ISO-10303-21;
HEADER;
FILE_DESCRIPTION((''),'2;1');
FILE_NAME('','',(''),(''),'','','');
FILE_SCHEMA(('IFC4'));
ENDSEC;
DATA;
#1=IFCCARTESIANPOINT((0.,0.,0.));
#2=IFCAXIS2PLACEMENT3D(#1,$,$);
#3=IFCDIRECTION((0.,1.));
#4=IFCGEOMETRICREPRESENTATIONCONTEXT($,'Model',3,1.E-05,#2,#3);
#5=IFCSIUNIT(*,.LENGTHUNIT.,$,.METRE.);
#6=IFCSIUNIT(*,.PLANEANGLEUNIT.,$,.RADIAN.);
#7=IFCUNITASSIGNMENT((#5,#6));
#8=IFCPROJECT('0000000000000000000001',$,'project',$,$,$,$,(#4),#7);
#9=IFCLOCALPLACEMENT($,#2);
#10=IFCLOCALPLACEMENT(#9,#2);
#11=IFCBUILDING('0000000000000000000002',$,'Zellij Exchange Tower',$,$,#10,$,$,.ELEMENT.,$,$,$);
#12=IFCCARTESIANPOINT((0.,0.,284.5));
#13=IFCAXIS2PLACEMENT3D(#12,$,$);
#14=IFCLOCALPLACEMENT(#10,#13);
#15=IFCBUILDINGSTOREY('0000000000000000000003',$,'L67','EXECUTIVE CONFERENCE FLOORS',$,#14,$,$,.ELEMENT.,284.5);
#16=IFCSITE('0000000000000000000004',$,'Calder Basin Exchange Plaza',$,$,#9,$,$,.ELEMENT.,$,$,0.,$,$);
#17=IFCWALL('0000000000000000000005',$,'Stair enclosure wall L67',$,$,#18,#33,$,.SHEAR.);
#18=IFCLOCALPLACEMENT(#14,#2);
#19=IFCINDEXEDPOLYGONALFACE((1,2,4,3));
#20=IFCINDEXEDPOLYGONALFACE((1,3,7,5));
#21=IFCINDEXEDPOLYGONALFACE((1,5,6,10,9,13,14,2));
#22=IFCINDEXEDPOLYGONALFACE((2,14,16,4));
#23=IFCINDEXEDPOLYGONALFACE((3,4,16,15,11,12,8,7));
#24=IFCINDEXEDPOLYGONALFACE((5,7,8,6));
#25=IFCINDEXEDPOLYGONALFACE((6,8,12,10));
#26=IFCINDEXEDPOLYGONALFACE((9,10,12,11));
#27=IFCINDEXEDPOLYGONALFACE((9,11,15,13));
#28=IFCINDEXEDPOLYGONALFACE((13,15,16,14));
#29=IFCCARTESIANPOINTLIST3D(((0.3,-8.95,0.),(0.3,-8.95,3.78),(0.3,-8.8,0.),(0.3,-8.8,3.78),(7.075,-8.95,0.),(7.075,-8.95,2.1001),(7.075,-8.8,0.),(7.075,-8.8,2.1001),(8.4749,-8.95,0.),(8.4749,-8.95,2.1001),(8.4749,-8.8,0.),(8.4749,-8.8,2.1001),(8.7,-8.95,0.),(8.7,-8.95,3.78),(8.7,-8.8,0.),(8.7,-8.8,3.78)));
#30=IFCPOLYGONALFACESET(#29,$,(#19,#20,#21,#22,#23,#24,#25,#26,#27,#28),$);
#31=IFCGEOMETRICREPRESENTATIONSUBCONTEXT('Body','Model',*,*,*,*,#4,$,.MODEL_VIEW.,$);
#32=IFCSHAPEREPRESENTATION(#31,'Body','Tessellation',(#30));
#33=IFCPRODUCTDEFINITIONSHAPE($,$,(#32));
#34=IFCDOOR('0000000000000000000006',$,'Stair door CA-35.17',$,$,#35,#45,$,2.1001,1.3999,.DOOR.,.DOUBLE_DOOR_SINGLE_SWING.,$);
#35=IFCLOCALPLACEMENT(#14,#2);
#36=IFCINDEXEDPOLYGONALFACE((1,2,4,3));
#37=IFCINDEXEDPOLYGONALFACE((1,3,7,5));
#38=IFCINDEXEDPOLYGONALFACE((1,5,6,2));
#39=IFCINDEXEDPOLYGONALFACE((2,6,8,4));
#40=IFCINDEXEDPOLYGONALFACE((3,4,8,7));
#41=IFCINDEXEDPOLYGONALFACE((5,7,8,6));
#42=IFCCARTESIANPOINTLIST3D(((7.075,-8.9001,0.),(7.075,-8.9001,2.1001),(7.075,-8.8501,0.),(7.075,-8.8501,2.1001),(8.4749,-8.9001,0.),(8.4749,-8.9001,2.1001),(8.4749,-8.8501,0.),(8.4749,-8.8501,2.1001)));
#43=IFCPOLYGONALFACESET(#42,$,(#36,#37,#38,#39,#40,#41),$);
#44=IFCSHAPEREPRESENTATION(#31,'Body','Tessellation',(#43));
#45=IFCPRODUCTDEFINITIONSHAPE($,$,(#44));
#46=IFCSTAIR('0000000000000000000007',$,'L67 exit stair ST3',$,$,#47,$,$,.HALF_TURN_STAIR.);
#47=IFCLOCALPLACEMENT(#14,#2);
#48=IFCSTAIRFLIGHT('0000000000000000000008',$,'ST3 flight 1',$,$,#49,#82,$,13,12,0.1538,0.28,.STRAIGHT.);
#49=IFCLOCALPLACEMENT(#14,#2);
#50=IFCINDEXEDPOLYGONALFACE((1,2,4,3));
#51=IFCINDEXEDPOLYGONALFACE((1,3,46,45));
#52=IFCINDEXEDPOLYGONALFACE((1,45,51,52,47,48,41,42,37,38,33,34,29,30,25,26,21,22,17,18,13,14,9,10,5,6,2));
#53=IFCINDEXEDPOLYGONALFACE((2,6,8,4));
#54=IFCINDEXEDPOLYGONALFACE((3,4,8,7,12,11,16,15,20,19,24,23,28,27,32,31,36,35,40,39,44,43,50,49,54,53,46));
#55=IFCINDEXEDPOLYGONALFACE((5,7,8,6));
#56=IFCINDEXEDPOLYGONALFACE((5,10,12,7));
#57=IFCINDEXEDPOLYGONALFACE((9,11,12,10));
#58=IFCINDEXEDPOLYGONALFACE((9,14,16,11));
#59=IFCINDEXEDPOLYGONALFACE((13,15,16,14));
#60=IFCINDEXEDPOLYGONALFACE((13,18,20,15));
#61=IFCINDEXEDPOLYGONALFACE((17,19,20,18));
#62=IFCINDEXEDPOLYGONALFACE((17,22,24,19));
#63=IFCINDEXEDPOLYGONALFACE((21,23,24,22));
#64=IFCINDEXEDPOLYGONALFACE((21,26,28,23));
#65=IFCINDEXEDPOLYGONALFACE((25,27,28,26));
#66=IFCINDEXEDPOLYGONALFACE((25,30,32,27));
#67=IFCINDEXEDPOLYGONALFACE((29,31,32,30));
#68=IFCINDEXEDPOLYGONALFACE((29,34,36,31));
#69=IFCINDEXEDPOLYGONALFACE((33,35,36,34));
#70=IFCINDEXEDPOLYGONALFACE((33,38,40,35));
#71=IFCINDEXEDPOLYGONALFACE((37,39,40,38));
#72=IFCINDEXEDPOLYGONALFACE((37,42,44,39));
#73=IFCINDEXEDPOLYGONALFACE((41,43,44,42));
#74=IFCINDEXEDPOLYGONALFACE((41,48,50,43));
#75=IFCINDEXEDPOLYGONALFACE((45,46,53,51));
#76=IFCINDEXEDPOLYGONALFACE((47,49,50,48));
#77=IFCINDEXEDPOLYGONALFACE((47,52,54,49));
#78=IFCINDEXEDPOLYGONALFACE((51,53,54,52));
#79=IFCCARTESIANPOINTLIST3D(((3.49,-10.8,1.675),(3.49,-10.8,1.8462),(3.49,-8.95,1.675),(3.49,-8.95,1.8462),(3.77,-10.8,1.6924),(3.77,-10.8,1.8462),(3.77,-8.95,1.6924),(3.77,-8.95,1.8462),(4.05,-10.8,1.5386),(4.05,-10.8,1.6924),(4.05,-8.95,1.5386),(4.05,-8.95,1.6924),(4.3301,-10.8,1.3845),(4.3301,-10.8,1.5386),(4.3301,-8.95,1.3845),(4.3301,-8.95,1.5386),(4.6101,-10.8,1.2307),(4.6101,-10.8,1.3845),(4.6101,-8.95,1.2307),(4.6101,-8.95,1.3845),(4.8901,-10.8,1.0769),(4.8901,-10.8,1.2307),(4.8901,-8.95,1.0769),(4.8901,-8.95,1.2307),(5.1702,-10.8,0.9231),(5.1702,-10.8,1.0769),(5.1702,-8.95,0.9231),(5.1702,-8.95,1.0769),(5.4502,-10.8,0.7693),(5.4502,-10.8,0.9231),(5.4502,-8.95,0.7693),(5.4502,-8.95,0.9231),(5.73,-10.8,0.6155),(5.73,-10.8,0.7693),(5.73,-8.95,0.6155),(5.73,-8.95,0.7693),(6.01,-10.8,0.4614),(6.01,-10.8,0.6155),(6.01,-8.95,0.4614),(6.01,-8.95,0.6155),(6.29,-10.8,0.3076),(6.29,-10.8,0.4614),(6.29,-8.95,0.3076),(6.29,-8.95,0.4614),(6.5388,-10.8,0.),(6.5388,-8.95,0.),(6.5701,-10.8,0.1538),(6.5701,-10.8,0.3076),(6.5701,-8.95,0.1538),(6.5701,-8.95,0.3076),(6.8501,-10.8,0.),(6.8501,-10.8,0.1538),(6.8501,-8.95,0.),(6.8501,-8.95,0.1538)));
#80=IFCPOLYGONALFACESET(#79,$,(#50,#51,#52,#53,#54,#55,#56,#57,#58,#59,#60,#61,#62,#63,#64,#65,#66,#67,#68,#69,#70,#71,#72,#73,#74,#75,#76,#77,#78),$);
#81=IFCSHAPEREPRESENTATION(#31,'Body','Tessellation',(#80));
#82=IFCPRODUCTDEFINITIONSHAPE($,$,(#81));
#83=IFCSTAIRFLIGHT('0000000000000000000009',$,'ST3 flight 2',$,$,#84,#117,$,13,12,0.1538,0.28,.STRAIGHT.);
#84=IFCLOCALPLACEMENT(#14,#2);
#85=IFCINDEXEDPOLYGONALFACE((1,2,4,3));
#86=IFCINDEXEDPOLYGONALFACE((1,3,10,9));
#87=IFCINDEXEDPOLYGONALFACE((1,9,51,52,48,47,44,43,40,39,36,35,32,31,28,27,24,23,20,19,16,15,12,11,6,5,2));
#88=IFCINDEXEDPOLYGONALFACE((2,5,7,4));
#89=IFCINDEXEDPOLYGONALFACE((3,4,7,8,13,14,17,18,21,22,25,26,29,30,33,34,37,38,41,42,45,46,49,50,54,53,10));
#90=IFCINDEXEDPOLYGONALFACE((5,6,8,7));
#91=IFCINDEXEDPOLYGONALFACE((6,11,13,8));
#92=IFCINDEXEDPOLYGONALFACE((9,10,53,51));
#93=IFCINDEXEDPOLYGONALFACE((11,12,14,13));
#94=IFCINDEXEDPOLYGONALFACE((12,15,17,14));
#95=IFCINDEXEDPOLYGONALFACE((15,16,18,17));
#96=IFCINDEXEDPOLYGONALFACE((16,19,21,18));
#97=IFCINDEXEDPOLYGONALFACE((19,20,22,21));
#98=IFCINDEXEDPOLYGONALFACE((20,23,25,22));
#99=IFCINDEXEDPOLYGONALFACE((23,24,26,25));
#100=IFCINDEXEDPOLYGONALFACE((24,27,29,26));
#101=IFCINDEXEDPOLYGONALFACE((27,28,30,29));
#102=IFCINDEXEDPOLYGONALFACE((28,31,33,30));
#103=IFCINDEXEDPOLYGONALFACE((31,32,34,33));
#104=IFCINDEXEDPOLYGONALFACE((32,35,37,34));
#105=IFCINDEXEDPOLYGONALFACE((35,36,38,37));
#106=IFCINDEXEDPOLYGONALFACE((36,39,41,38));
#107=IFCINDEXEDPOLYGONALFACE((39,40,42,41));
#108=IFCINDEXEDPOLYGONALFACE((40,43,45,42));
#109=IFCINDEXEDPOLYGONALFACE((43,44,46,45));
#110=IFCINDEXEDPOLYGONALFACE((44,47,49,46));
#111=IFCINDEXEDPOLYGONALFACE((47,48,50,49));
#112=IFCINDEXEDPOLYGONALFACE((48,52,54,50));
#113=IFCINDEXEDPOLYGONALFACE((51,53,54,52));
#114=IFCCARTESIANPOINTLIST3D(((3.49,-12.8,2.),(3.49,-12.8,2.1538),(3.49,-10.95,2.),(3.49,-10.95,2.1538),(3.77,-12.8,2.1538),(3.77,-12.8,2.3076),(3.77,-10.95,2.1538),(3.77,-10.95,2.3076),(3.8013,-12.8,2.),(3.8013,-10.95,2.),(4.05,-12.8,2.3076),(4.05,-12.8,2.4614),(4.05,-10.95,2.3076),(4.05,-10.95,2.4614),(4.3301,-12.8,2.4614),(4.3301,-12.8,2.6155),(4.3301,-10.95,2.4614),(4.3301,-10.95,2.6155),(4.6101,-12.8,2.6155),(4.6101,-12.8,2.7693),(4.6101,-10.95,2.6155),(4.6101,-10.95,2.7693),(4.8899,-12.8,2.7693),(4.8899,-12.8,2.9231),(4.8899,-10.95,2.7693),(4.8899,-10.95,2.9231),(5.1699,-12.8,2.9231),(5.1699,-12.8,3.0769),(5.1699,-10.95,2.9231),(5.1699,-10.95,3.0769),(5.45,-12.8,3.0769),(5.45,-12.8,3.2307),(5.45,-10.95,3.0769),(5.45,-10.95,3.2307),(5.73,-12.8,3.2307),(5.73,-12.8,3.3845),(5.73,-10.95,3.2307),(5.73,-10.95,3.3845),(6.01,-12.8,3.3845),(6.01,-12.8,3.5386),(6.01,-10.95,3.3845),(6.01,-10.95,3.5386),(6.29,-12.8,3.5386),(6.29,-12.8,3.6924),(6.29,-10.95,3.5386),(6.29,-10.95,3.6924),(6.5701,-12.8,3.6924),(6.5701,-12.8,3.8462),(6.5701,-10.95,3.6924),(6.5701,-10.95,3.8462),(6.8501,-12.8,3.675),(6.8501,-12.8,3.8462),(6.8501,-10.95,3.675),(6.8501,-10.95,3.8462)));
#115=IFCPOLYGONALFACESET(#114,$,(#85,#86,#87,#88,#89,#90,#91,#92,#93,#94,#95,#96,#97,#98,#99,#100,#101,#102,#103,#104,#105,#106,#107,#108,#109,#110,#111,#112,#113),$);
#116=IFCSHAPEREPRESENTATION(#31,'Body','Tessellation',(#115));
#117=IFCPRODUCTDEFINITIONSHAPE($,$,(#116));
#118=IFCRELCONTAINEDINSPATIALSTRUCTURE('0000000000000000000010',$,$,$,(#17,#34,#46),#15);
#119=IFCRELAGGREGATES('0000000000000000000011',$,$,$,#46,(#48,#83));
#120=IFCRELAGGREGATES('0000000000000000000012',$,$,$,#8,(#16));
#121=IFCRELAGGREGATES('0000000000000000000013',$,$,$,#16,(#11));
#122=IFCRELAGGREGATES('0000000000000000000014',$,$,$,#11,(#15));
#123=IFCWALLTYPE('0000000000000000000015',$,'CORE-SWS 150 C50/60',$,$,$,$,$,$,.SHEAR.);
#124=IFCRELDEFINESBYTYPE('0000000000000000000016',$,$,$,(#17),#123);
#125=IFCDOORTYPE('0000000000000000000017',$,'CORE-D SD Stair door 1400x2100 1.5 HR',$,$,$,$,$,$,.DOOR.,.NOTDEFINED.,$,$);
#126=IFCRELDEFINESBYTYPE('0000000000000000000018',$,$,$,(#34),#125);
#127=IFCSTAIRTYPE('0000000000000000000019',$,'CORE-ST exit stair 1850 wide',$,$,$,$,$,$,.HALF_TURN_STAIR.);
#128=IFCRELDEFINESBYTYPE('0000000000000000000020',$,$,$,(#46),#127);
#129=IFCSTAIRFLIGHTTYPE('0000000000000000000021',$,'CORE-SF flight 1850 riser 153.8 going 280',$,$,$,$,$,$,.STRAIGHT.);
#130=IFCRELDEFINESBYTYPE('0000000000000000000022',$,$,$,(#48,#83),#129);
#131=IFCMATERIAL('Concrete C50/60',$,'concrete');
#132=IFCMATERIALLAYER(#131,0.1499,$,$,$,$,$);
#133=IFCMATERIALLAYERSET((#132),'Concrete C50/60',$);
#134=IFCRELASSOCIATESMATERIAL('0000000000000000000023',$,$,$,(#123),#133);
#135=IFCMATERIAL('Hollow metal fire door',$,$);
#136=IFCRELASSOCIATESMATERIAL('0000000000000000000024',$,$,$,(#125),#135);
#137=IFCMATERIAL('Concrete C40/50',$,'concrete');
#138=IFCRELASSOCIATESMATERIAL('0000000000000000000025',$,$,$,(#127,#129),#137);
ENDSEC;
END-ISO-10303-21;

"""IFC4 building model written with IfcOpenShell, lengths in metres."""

from ifc_helpers import new_model, si_unit, direction, frame, frame_2d, origin, place, context, subcontext, project, spatial, polyline, rectangle, outline, extrude, material, layer, layer_set, type_object, element, fill, aggregate, save


model = new_model("IFC4")

# Units and contexts
model_context = context("Model", 3, precision=1e-05, world=origin(), true_north=direction((0.0, 1.0)))
body_context = subcontext(model_context, "Body", "Model", "MODEL_VIEW")
ifc_project = project(units=[si_unit("LENGTHUNIT", "METRE"), si_unit("PLANEANGLEUNIT", "RADIAN")], contexts=[model_context])

# Site, building, storey
site_placement = place(None, origin())
site = spatial("IfcSite", under=ifc_project, at=site_placement, Name="Calder Basin Exchange Plaza", CompositionType="ELEMENT", RefElevation=0.0)
building_placement = place(site_placement, origin())
building = spatial("IfcBuilding", under=site, at=building_placement, Name="Zellij Exchange Tower", CompositionType="ELEMENT")
storey_placement = place(building_placement, frame((0.0, 0.0, 284.5)))
storey = spatial("IfcBuildingStorey", under=building, at=storey_placement, Name="L67", Description="EXECUTIVE CONFERENCE FLOORS", CompositionType="ELEMENT", Elevation=284.5)

# Shared definitions
ifc_material_1 = material(Name="Concrete C50/60", Category="concrete")

# Shared definitions
ifc_material_2 = material(Name="Hollow metal fire door")

# Wall, opening, door
ifc_layer_1 = layer(ifc_material_1, 0.1499)
ifc_layer_set_1 = layer_set([ifc_layer_1], Name="Concrete C50/60")
wall_type_1 = type_object("IfcWallType", Name="CORE-SWS 150 C50/60", PredefinedType="SHEAR", material=ifc_layer_set_1)
wall_1_placement = place(storey_placement, frame((0.3, -8.875, 0.0), z_axis=(0.0, 0.0, 1.0), x_axis=(1.0, 0.0, 0.0)))
wall_1 = element("IfcWall", 1, at=wall_1_placement, inside=storey, type_object=wall_type_1, Name="Stair enclosure wall L67", PredefinedType="SHEAR", context=body_context, shape_type="SweptSolid", body=[
    extrude(rectangle(XDim=8.3999, YDim=0.1499, at=frame_2d((4.2, 0.0))), origin(), (0.0, 0.0, 1.0), 3.78),
])
opening_1_placement = place(wall_1_placement, frame((6.7749, 0.0, 0.0)))
opening_1 = element("IfcOpeningElement", 2, at=opening_1_placement, cuts=wall_1, PredefinedType="OPENING", context=body_context, shape_type="SweptSolid", body=[
    extrude(rectangle(XDim=1.3999, YDim=2.1001, at=frame_2d((0.7, 1.05))), frame((0.0, 0.0869, 0.0), z_axis=(0.0, -1.0, 0.0), x_axis=(1.0, 0.0, 0.0)), (0.0, 0.0, 1.0), 0.1738),
])
door_type_1 = type_object("IfcDoorType", Name="CORE-D SD Stair door 1400x2100 1.5 HR", OperationType="NOTDEFINED", PredefinedType="DOOR", material=ifc_material_2)
door_1_placement = place(opening_1_placement, origin())
door_1 = element("IfcDoor", 3, at=door_1_placement, inside=storey, type_object=door_type_1, Name="Stair door CA-35.17", OperationType="DOUBLE_DOOR_SINGLE_SWING", OverallHeight=2.1001, OverallWidth=1.3999, PredefinedType="DOOR", context=body_context, shape_type="SweptSolid", body=[
    extrude(rectangle(XDim=1.3999, YDim=2.1001, at=frame_2d((0.7, 1.05))), frame((0.0, 0.0249, 0.0), z_axis=(0.0, -1.0, 0.0), x_axis=(1.0, 0.0, 0.0)), (0.0, 0.0, 1.0), 0.05),
])
fill(opening_1, door_1)

# Stair, stair flights
ifc_material_3 = material(Name="Concrete C40/50", Category="concrete")
stair_type = type_object("IfcStairType", Name="CORE-ST exit stair 1850 wide", PredefinedType="HALF_TURN_STAIR", material=ifc_material_3)
stair_placement = place(storey_placement, origin())
stair = element("IfcStair", 4, at=stair_placement, inside=storey, type_object=stair_type, Name="L67 exit stair ST3", PredefinedType="HALF_TURN_STAIR")
stair_flight_type = type_object("IfcStairFlightType", Name="CORE-SF flight 1850 riser 153.8 going 280", PredefinedType="STRAIGHT", material=ifc_material_3)
stair_flight_1_placement = place(storey_placement, frame((6.8501, -9.875, 0.0), z_axis=(0.0, 0.0, 1.0), x_axis=(-1.0, 0.0, 0.0)))
stair_flight_1 = element("IfcStairFlight", 5, at=stair_flight_1_placement, type_object=stair_flight_type, Name="ST3 flight 1", NumberOfRisers=13, NumberOfTreads=12, PredefinedType="STRAIGHT", RiserHeight=0.1538, TreadLength=0.28, context=body_context, shape_type="SweptSolid", body=[
    extrude(outline(polyline([(0.0, 0.0), (0.0, 0.1538), (0.28, 0.1538), (0.28, 0.3076), (0.5601, 0.3076), (0.5601, 0.4614), (0.8401, 0.4614), (0.8401, 0.6155), (1.1201, 0.6155), (1.1201, 0.7693), (1.3999, 0.7693), (1.3999, 0.9231), (1.6799, 0.9231), (1.6799, 1.0769), (1.96, 1.0769), (1.96, 1.2307), (2.24, 1.2307), (2.24, 1.3845), (2.52, 1.3845), (2.52, 1.5386), (2.8, 1.5386), (2.8, 1.6924), (3.0801, 1.6924), (3.0801, 1.8462), (3.3601, 1.8462), (3.3601, 2.0), (3.3601, 1.675), (0.3113, 0.0), (0.0, 0.0)])), frame((0.0, 0.925, 0.0), z_axis=(0.0, -1.0, 0.0), x_axis=(1.0, 0.0, 0.0)), (0.0, 0.0, 1.0), 1.8501),
])
stair_flight_2_placement = place(storey_placement, frame((3.49, -11.875, 2.0), z_axis=(0.0, 0.0, 1.0), x_axis=(1.0, 0.0, 0.0)))
stair_flight_2 = element("IfcStairFlight", 6, at=stair_flight_2_placement, type_object=stair_flight_type, Name="ST3 flight 2", NumberOfRisers=13, NumberOfTreads=12, PredefinedType="STRAIGHT", RiserHeight=0.1538, TreadLength=0.28, context=body_context, shape_type="SweptSolid", body=[
    extrude(outline(polyline([(0.0, 0.0), (0.0, 0.1538), (0.28, 0.1538), (0.28, 0.3076), (0.5601, 0.3076), (0.5601, 0.4614), (0.8401, 0.4614), (0.8401, 0.6155), (1.1201, 0.6155), (1.1201, 0.7693), (1.3999, 0.7693), (1.3999, 0.9231), (1.6799, 0.9231), (1.6799, 1.0769), (1.96, 1.0769), (1.96, 1.2307), (2.24, 1.2307), (2.24, 1.3845), (2.52, 1.3845), (2.52, 1.5386), (2.8, 1.5386), (2.8, 1.6924), (3.0801, 1.6924), (3.0801, 1.8462), (3.3601, 1.8462), (3.3601, 2.0), (3.3601, 1.675), (0.3113, 0.0), (0.0, 0.0)])), frame((0.0, 0.925, 0.0), z_axis=(0.0, -1.0, 0.0), x_axis=(1.0, 0.0, 0.0)), (0.0, 0.0, 1.0), 1.8501),
])
aggregate(stair, [stair_flight_1, stair_flight_2])

save(model, "model.ifc")
